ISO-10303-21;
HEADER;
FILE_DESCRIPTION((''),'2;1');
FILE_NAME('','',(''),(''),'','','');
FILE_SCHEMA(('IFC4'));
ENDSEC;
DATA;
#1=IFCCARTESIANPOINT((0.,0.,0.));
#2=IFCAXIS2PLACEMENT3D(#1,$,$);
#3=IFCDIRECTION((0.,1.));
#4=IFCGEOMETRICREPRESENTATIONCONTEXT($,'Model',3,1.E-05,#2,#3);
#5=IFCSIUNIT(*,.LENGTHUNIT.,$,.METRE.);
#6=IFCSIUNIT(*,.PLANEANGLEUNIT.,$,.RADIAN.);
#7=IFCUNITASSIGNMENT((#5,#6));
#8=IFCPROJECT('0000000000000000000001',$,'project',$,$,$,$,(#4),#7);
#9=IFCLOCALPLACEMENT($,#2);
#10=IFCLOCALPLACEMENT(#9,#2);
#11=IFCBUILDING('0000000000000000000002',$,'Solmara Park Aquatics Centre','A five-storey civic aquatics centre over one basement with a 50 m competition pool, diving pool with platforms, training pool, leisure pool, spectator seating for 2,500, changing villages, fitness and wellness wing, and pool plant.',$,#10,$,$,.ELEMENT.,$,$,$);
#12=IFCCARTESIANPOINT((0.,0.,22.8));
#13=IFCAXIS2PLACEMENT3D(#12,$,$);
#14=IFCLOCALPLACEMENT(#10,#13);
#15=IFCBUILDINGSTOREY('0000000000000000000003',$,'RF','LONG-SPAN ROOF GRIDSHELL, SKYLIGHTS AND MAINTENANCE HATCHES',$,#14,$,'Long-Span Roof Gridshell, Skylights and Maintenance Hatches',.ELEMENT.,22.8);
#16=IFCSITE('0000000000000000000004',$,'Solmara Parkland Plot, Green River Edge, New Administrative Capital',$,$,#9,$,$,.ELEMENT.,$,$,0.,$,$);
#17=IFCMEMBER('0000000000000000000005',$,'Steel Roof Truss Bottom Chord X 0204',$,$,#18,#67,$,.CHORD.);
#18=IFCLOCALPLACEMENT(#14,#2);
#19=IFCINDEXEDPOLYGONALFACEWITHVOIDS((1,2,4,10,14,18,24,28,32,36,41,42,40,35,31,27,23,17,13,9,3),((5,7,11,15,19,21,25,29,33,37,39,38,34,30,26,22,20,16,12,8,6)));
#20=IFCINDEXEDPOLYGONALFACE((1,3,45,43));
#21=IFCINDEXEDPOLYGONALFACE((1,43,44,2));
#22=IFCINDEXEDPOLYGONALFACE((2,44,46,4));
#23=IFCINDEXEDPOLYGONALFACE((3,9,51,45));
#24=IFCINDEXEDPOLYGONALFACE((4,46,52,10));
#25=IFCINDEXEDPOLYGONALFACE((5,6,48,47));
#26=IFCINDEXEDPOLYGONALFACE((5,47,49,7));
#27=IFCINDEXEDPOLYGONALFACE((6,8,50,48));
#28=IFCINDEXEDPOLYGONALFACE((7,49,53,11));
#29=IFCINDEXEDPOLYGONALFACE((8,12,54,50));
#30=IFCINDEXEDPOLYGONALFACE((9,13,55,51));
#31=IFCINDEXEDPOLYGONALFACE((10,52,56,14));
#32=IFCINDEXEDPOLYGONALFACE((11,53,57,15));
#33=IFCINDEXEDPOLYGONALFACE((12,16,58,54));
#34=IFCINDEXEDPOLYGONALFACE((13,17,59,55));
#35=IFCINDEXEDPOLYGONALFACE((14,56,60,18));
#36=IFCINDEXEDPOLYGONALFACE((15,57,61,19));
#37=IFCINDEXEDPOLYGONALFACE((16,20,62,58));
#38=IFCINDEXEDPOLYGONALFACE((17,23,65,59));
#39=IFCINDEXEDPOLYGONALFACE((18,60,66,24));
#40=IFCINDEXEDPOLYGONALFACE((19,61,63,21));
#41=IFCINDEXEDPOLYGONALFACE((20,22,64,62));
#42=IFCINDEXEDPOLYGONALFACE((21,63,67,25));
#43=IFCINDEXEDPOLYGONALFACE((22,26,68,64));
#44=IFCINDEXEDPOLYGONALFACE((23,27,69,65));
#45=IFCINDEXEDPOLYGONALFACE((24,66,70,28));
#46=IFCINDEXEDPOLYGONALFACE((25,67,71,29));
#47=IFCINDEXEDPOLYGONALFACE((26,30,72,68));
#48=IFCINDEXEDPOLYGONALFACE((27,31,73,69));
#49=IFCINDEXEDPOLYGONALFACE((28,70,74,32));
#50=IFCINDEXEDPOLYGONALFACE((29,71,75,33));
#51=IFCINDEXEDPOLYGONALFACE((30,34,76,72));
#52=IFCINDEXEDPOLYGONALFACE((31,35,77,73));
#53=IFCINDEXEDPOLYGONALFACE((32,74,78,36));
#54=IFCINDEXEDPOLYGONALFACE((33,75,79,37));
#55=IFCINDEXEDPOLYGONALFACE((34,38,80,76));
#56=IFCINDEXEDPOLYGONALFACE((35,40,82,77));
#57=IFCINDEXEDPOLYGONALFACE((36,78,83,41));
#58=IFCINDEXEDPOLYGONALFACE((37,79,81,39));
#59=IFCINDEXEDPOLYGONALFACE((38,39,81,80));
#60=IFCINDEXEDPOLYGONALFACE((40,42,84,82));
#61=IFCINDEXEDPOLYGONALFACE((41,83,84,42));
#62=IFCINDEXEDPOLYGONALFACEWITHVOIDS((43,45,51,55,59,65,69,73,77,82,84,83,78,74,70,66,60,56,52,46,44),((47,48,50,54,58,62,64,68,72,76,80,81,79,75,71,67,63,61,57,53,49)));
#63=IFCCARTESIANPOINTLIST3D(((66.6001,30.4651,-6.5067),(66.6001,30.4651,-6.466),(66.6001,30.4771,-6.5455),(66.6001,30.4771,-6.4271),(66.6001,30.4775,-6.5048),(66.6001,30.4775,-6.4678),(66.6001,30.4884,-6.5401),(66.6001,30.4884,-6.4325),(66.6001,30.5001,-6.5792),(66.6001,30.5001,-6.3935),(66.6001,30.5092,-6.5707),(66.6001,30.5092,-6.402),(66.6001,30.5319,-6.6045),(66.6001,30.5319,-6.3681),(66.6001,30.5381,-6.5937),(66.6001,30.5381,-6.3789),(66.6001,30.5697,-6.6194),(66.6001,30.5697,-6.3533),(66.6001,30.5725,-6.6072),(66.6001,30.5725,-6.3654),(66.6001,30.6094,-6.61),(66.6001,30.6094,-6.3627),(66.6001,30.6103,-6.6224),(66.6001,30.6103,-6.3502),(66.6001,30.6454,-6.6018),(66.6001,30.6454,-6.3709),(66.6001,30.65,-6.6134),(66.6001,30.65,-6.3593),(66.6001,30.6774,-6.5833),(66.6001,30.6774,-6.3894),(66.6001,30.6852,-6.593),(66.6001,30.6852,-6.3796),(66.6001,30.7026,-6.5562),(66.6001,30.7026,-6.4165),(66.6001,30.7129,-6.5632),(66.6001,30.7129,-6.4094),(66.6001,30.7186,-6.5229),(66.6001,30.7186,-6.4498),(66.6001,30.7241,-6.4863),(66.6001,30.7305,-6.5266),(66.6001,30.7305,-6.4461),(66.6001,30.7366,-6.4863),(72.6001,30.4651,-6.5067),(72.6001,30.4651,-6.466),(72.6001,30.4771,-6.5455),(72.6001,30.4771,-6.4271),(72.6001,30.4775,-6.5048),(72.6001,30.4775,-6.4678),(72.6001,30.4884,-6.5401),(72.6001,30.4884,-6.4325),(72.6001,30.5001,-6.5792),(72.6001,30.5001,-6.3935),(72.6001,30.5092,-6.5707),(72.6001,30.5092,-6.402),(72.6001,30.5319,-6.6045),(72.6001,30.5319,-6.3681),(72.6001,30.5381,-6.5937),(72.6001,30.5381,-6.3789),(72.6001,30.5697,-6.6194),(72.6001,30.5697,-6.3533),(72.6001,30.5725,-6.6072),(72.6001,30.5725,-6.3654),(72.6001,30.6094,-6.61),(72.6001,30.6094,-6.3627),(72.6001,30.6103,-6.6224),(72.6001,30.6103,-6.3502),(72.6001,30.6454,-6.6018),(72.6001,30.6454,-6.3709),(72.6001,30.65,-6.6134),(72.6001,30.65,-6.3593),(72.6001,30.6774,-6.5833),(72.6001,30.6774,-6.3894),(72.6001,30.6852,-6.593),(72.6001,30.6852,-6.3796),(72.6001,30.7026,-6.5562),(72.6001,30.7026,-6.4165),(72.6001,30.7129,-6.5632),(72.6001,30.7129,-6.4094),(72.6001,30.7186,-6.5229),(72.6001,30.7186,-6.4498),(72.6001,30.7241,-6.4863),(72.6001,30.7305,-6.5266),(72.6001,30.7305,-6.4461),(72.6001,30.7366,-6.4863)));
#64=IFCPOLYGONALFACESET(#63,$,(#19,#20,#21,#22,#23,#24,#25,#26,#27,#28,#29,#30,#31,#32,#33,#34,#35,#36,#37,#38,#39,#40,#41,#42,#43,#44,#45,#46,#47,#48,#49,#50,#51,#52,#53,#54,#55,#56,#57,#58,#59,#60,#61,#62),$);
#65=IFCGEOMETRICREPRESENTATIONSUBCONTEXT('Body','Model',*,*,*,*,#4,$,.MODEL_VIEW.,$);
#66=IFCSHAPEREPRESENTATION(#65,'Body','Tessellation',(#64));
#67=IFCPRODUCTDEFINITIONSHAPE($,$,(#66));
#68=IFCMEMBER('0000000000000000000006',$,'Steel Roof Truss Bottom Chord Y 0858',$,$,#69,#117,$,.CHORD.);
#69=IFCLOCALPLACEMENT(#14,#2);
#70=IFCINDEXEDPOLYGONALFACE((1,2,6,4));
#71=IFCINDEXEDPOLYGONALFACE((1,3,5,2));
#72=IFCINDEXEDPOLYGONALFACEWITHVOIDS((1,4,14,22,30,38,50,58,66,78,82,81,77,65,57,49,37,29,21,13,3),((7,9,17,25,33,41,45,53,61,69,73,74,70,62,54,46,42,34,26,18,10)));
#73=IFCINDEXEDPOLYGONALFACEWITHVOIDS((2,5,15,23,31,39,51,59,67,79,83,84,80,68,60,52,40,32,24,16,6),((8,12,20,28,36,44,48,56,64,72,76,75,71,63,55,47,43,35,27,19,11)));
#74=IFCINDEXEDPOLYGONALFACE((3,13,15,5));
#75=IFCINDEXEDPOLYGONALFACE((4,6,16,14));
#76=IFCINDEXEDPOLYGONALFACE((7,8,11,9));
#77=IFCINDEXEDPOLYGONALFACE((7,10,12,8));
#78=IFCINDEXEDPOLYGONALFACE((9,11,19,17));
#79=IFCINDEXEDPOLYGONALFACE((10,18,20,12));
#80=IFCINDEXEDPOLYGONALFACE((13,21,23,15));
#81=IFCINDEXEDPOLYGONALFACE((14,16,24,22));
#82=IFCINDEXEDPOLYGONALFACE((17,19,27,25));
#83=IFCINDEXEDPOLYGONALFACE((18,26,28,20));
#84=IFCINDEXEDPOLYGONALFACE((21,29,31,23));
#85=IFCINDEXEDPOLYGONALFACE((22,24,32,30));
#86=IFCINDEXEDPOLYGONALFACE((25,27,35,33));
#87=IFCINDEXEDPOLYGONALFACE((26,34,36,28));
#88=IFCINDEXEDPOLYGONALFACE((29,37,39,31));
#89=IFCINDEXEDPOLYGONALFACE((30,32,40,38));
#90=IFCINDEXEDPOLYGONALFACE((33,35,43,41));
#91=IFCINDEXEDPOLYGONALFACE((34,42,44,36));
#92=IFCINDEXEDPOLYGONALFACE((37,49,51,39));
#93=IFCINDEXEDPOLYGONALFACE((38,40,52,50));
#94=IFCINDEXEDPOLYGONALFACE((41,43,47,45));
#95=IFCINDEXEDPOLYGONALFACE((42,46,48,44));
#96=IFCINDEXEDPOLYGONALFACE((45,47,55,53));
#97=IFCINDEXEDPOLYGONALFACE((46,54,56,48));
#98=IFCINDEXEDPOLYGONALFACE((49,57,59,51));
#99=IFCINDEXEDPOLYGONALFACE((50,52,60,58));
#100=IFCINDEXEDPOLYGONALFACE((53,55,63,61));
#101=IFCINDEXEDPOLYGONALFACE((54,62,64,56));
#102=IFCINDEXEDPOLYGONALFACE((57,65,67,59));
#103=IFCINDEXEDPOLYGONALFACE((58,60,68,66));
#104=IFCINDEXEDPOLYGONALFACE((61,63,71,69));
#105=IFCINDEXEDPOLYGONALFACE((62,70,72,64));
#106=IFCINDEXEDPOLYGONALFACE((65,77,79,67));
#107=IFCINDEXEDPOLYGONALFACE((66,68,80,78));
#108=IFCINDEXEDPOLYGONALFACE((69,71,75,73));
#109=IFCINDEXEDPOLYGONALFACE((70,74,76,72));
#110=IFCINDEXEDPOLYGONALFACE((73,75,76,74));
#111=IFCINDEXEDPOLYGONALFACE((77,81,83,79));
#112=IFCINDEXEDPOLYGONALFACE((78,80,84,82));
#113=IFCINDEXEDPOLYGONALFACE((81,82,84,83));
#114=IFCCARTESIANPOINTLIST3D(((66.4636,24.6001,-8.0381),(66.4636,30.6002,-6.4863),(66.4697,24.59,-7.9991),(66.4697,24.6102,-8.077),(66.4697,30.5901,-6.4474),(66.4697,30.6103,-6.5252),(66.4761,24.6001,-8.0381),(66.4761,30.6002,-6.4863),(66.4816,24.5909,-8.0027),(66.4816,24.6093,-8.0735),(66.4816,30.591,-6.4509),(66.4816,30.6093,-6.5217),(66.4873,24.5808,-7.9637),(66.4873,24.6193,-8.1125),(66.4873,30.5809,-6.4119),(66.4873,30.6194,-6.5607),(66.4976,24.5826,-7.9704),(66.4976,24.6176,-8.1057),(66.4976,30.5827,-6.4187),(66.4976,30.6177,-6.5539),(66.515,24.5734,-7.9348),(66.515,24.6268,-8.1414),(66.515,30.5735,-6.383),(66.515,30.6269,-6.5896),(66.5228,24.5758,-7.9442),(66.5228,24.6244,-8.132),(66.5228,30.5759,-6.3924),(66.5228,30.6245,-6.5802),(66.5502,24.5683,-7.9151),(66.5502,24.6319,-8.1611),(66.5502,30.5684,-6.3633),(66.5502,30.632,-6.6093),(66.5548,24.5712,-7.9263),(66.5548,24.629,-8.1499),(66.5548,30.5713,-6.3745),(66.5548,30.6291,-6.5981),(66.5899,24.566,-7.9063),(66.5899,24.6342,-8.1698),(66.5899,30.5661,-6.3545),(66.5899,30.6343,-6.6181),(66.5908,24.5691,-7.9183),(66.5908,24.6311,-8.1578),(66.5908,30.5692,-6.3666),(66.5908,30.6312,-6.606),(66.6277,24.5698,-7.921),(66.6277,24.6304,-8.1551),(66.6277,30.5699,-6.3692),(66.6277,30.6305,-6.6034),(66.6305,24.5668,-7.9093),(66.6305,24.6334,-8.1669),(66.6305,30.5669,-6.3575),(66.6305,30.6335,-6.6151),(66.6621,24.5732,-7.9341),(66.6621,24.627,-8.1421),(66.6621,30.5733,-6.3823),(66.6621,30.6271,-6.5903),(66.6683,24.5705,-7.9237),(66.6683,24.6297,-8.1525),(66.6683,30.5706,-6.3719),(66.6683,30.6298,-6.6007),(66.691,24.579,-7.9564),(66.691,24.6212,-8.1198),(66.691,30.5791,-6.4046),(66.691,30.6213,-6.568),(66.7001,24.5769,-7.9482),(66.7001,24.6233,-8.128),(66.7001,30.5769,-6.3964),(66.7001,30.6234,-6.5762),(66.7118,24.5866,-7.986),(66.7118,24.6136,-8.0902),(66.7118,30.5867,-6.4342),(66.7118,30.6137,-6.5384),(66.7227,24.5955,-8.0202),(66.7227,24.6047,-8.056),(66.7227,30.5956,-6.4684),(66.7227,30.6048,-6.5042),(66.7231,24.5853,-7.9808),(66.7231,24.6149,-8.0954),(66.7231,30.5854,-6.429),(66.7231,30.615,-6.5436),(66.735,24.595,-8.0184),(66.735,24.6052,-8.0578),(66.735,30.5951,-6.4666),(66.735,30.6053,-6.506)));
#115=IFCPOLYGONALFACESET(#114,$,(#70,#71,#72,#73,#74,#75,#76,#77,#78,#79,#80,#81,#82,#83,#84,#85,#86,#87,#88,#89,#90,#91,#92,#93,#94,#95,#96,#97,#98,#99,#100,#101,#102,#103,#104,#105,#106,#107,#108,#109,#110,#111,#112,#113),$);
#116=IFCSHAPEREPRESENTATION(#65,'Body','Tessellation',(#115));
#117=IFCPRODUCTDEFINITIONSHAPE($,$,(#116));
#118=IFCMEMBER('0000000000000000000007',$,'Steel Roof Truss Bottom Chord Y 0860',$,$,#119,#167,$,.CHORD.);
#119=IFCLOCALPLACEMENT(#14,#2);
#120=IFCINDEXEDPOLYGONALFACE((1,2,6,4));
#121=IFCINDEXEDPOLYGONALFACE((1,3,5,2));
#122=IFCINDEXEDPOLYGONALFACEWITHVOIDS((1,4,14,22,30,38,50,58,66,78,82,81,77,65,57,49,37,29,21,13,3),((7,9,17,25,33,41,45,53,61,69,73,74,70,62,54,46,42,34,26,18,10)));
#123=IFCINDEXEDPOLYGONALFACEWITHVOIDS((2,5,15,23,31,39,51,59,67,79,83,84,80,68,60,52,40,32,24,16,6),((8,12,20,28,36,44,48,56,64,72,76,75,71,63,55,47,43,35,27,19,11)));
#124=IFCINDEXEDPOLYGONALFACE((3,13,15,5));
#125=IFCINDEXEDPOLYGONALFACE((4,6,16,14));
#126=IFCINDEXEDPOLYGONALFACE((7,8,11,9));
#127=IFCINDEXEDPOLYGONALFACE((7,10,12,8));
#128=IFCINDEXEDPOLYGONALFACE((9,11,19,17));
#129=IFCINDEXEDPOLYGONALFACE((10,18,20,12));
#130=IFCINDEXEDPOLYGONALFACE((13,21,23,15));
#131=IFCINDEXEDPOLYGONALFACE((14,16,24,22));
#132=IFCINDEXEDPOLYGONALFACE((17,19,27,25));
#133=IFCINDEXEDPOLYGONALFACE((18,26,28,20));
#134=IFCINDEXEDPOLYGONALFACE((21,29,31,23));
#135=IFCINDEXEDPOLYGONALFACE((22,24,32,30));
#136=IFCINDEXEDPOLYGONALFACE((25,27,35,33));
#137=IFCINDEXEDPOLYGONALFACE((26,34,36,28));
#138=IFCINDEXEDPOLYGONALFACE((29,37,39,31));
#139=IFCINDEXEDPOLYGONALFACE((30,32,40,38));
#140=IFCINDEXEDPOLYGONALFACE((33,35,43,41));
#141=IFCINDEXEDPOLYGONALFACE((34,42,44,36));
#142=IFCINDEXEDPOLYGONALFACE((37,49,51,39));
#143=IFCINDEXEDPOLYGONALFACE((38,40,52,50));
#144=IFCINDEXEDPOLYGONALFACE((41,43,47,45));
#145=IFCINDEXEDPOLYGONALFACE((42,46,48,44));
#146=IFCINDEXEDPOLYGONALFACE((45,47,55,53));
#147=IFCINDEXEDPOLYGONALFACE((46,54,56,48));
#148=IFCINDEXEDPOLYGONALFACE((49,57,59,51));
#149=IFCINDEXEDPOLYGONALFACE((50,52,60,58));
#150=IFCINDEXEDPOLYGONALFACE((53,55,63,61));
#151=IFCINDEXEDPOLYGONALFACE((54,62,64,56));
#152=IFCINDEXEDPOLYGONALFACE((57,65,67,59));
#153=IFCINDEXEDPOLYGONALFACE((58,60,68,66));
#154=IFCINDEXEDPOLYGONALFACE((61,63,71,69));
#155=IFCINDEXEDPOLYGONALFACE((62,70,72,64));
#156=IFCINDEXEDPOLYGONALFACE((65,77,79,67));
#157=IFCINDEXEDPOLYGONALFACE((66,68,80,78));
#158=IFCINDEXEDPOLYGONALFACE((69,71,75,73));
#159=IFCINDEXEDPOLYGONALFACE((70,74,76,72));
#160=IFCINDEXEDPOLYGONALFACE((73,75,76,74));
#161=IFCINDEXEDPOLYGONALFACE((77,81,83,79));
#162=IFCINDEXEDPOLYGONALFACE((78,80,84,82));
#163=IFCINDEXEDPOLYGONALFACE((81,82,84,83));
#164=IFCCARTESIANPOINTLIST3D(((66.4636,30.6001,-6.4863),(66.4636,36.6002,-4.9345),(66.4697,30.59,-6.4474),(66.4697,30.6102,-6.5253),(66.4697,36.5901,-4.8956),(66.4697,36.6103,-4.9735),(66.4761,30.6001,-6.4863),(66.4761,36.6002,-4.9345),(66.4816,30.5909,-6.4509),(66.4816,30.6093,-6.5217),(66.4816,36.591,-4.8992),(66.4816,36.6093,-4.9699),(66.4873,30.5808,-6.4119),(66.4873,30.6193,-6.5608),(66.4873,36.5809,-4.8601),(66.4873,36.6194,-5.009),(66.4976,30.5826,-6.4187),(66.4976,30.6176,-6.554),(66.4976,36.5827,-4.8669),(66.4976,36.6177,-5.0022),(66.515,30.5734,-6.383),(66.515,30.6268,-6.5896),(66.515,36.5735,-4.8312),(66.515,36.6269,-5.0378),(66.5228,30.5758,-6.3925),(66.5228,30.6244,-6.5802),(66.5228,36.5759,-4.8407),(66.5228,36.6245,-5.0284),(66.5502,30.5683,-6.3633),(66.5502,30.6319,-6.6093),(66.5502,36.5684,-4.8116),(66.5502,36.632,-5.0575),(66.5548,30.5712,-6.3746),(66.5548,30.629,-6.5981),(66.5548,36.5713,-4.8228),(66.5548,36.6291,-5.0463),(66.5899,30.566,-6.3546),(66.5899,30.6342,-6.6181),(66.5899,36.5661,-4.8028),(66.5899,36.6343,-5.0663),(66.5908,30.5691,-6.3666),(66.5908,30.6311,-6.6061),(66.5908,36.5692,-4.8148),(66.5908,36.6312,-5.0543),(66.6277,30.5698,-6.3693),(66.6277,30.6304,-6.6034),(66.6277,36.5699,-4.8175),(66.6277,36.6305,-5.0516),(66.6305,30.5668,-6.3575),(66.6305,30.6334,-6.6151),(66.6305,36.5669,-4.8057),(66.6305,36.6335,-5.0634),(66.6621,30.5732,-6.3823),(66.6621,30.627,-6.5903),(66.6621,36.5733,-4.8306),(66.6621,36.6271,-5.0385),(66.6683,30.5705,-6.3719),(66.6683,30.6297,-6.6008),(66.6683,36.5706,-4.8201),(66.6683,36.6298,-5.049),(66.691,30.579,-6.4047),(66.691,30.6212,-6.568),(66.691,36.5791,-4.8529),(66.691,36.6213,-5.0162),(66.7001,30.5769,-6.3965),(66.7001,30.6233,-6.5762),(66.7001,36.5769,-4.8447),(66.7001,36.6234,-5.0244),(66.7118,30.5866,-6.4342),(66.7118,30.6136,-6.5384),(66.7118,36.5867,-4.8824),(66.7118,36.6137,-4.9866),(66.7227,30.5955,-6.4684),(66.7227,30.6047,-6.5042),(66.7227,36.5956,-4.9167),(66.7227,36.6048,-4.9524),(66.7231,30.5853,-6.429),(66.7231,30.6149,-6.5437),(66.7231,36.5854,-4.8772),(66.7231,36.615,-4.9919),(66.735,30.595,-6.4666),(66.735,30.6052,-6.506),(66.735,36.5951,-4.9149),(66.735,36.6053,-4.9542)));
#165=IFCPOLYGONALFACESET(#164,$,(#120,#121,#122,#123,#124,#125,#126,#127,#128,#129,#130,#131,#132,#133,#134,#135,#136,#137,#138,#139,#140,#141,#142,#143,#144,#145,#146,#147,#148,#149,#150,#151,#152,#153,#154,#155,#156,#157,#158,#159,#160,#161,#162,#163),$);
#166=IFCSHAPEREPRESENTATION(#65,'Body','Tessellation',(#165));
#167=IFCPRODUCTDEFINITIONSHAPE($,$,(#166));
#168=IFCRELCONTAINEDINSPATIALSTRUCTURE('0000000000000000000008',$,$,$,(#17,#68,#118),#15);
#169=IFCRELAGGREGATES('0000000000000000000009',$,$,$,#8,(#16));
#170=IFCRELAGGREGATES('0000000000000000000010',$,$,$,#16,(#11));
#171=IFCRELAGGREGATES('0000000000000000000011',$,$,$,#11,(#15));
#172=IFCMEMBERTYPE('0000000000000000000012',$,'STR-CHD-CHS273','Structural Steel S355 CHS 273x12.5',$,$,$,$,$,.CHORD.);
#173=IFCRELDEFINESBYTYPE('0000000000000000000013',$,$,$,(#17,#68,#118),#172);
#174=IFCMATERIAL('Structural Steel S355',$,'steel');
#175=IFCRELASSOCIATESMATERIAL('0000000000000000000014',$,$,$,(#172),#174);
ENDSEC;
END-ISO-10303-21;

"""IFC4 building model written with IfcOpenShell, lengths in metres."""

from ifc_helpers import new_model, si_unit, direction, frame, origin, origin_2d, place, context, subcontext, project, spatial, hollow_circle, extrude, material, material_profile, profile_set, type_object, element, save


model = new_model("IFC4")

# Units and contexts
model_context = context("Model", 3, precision=1e-05, world=origin(), true_north=direction((0.0, 1.0)))
body_context = subcontext(model_context, "Body", "Model", "MODEL_VIEW")
ifc_project = project(units=[si_unit("LENGTHUNIT", "METRE"), si_unit("PLANEANGLEUNIT", "RADIAN")], contexts=[model_context])

# Site, building, storey
site_placement = place(None, origin())
site = spatial("IfcSite", under=ifc_project, at=site_placement, Name="Solmara Parkland Plot, Green River Edge, New Administrative Capital", CompositionType="ELEMENT", RefElevation=0.0)
building_placement = place(site_placement, origin())
building = spatial("IfcBuilding", under=site, at=building_placement, Name="Solmara Park Aquatics Centre", Description="A five-storey civic aquatics centre over one basement with a 50 m competition pool, diving pool with platforms, training pool, leisure pool, spectator seating for 2,500, changing villages, fitness and wellness wing, and pool plant.", CompositionType="ELEMENT")
storey_placement = place(building_placement, frame((0.0, 0.0, 22.8)))
storey = spatial("IfcBuildingStorey", under=building, at=storey_placement, Name="RF", Description="LONG-SPAN ROOF GRIDSHELL, SKYLIGHTS AND MAINTENANCE HATCHES", LongName="Long-Span Roof Gridshell, Skylights and Maintenance Hatches", CompositionType="ELEMENT", Elevation=22.8)

# Members
ifc_material_1 = material(Name="Structural Steel S355", Category="steel")
ifc_material_profile_1 = material_profile(ifc_material_1, hollow_circle(Radius=0.1365, WallThickness=0.0125, at=origin_2d()), Name="CHS 273x12.5")
ifc_profile_set_1 = profile_set([ifc_material_profile_1], Name="Structural Steel S355")
member_type_1 = type_object("IfcMemberType", Name="STR-CHD-CHS273", Description="Structural Steel S355 CHS 273x12.5", PredefinedType="CHORD", material=ifc_profile_set_1)
member_1_placement = place(storey_placement, frame((66.6001, 30.6001, -6.4863), z_axis=(1.0, 0.0, 0.0), x_axis=(0.0, 1.0, 0.0)))
element("IfcMember", 1, at=member_1_placement, inside=storey, type_object=member_type_1, Name="Steel Roof Truss Bottom Chord X 0204", PredefinedType="CHORD", context=body_context, shape_type="SweptSolid", body=[
    extrude(hollow_circle(Radius=0.1365, WallThickness=0.0125, at=origin_2d()), origin(), (0.0, 0.0, 1.0), 6.0),
])
for number, where, z_axis, x_axis, name in (
    (2, (66.6001, 24.6001, -8.0381), (0.0, 0.968146, 0.250388), (-1.0, 0.0, 0.0), "Steel Roof Truss Bottom Chord Y 0858"),
    (3, (66.6001, 30.6001, -6.4863), (0.0, 0.968146, 0.250388), (-1.0, 0.0, 0.0), "Steel Roof Truss Bottom Chord Y 0860"),
):
    element("IfcMember", number, at=place(storey_placement, frame(where, z_axis=z_axis, x_axis=x_axis)), inside=storey, type_object=member_type_1, Name=name, PredefinedType="CHORD", context=body_context, shape_type="SweptSolid", body=[
        extrude(hollow_circle(Radius=0.1365, WallThickness=0.0125, at=origin_2d()), origin(), (0.0, 0.0, 1.0), 6.1975),
    ])

save(model, "model.ifc")
